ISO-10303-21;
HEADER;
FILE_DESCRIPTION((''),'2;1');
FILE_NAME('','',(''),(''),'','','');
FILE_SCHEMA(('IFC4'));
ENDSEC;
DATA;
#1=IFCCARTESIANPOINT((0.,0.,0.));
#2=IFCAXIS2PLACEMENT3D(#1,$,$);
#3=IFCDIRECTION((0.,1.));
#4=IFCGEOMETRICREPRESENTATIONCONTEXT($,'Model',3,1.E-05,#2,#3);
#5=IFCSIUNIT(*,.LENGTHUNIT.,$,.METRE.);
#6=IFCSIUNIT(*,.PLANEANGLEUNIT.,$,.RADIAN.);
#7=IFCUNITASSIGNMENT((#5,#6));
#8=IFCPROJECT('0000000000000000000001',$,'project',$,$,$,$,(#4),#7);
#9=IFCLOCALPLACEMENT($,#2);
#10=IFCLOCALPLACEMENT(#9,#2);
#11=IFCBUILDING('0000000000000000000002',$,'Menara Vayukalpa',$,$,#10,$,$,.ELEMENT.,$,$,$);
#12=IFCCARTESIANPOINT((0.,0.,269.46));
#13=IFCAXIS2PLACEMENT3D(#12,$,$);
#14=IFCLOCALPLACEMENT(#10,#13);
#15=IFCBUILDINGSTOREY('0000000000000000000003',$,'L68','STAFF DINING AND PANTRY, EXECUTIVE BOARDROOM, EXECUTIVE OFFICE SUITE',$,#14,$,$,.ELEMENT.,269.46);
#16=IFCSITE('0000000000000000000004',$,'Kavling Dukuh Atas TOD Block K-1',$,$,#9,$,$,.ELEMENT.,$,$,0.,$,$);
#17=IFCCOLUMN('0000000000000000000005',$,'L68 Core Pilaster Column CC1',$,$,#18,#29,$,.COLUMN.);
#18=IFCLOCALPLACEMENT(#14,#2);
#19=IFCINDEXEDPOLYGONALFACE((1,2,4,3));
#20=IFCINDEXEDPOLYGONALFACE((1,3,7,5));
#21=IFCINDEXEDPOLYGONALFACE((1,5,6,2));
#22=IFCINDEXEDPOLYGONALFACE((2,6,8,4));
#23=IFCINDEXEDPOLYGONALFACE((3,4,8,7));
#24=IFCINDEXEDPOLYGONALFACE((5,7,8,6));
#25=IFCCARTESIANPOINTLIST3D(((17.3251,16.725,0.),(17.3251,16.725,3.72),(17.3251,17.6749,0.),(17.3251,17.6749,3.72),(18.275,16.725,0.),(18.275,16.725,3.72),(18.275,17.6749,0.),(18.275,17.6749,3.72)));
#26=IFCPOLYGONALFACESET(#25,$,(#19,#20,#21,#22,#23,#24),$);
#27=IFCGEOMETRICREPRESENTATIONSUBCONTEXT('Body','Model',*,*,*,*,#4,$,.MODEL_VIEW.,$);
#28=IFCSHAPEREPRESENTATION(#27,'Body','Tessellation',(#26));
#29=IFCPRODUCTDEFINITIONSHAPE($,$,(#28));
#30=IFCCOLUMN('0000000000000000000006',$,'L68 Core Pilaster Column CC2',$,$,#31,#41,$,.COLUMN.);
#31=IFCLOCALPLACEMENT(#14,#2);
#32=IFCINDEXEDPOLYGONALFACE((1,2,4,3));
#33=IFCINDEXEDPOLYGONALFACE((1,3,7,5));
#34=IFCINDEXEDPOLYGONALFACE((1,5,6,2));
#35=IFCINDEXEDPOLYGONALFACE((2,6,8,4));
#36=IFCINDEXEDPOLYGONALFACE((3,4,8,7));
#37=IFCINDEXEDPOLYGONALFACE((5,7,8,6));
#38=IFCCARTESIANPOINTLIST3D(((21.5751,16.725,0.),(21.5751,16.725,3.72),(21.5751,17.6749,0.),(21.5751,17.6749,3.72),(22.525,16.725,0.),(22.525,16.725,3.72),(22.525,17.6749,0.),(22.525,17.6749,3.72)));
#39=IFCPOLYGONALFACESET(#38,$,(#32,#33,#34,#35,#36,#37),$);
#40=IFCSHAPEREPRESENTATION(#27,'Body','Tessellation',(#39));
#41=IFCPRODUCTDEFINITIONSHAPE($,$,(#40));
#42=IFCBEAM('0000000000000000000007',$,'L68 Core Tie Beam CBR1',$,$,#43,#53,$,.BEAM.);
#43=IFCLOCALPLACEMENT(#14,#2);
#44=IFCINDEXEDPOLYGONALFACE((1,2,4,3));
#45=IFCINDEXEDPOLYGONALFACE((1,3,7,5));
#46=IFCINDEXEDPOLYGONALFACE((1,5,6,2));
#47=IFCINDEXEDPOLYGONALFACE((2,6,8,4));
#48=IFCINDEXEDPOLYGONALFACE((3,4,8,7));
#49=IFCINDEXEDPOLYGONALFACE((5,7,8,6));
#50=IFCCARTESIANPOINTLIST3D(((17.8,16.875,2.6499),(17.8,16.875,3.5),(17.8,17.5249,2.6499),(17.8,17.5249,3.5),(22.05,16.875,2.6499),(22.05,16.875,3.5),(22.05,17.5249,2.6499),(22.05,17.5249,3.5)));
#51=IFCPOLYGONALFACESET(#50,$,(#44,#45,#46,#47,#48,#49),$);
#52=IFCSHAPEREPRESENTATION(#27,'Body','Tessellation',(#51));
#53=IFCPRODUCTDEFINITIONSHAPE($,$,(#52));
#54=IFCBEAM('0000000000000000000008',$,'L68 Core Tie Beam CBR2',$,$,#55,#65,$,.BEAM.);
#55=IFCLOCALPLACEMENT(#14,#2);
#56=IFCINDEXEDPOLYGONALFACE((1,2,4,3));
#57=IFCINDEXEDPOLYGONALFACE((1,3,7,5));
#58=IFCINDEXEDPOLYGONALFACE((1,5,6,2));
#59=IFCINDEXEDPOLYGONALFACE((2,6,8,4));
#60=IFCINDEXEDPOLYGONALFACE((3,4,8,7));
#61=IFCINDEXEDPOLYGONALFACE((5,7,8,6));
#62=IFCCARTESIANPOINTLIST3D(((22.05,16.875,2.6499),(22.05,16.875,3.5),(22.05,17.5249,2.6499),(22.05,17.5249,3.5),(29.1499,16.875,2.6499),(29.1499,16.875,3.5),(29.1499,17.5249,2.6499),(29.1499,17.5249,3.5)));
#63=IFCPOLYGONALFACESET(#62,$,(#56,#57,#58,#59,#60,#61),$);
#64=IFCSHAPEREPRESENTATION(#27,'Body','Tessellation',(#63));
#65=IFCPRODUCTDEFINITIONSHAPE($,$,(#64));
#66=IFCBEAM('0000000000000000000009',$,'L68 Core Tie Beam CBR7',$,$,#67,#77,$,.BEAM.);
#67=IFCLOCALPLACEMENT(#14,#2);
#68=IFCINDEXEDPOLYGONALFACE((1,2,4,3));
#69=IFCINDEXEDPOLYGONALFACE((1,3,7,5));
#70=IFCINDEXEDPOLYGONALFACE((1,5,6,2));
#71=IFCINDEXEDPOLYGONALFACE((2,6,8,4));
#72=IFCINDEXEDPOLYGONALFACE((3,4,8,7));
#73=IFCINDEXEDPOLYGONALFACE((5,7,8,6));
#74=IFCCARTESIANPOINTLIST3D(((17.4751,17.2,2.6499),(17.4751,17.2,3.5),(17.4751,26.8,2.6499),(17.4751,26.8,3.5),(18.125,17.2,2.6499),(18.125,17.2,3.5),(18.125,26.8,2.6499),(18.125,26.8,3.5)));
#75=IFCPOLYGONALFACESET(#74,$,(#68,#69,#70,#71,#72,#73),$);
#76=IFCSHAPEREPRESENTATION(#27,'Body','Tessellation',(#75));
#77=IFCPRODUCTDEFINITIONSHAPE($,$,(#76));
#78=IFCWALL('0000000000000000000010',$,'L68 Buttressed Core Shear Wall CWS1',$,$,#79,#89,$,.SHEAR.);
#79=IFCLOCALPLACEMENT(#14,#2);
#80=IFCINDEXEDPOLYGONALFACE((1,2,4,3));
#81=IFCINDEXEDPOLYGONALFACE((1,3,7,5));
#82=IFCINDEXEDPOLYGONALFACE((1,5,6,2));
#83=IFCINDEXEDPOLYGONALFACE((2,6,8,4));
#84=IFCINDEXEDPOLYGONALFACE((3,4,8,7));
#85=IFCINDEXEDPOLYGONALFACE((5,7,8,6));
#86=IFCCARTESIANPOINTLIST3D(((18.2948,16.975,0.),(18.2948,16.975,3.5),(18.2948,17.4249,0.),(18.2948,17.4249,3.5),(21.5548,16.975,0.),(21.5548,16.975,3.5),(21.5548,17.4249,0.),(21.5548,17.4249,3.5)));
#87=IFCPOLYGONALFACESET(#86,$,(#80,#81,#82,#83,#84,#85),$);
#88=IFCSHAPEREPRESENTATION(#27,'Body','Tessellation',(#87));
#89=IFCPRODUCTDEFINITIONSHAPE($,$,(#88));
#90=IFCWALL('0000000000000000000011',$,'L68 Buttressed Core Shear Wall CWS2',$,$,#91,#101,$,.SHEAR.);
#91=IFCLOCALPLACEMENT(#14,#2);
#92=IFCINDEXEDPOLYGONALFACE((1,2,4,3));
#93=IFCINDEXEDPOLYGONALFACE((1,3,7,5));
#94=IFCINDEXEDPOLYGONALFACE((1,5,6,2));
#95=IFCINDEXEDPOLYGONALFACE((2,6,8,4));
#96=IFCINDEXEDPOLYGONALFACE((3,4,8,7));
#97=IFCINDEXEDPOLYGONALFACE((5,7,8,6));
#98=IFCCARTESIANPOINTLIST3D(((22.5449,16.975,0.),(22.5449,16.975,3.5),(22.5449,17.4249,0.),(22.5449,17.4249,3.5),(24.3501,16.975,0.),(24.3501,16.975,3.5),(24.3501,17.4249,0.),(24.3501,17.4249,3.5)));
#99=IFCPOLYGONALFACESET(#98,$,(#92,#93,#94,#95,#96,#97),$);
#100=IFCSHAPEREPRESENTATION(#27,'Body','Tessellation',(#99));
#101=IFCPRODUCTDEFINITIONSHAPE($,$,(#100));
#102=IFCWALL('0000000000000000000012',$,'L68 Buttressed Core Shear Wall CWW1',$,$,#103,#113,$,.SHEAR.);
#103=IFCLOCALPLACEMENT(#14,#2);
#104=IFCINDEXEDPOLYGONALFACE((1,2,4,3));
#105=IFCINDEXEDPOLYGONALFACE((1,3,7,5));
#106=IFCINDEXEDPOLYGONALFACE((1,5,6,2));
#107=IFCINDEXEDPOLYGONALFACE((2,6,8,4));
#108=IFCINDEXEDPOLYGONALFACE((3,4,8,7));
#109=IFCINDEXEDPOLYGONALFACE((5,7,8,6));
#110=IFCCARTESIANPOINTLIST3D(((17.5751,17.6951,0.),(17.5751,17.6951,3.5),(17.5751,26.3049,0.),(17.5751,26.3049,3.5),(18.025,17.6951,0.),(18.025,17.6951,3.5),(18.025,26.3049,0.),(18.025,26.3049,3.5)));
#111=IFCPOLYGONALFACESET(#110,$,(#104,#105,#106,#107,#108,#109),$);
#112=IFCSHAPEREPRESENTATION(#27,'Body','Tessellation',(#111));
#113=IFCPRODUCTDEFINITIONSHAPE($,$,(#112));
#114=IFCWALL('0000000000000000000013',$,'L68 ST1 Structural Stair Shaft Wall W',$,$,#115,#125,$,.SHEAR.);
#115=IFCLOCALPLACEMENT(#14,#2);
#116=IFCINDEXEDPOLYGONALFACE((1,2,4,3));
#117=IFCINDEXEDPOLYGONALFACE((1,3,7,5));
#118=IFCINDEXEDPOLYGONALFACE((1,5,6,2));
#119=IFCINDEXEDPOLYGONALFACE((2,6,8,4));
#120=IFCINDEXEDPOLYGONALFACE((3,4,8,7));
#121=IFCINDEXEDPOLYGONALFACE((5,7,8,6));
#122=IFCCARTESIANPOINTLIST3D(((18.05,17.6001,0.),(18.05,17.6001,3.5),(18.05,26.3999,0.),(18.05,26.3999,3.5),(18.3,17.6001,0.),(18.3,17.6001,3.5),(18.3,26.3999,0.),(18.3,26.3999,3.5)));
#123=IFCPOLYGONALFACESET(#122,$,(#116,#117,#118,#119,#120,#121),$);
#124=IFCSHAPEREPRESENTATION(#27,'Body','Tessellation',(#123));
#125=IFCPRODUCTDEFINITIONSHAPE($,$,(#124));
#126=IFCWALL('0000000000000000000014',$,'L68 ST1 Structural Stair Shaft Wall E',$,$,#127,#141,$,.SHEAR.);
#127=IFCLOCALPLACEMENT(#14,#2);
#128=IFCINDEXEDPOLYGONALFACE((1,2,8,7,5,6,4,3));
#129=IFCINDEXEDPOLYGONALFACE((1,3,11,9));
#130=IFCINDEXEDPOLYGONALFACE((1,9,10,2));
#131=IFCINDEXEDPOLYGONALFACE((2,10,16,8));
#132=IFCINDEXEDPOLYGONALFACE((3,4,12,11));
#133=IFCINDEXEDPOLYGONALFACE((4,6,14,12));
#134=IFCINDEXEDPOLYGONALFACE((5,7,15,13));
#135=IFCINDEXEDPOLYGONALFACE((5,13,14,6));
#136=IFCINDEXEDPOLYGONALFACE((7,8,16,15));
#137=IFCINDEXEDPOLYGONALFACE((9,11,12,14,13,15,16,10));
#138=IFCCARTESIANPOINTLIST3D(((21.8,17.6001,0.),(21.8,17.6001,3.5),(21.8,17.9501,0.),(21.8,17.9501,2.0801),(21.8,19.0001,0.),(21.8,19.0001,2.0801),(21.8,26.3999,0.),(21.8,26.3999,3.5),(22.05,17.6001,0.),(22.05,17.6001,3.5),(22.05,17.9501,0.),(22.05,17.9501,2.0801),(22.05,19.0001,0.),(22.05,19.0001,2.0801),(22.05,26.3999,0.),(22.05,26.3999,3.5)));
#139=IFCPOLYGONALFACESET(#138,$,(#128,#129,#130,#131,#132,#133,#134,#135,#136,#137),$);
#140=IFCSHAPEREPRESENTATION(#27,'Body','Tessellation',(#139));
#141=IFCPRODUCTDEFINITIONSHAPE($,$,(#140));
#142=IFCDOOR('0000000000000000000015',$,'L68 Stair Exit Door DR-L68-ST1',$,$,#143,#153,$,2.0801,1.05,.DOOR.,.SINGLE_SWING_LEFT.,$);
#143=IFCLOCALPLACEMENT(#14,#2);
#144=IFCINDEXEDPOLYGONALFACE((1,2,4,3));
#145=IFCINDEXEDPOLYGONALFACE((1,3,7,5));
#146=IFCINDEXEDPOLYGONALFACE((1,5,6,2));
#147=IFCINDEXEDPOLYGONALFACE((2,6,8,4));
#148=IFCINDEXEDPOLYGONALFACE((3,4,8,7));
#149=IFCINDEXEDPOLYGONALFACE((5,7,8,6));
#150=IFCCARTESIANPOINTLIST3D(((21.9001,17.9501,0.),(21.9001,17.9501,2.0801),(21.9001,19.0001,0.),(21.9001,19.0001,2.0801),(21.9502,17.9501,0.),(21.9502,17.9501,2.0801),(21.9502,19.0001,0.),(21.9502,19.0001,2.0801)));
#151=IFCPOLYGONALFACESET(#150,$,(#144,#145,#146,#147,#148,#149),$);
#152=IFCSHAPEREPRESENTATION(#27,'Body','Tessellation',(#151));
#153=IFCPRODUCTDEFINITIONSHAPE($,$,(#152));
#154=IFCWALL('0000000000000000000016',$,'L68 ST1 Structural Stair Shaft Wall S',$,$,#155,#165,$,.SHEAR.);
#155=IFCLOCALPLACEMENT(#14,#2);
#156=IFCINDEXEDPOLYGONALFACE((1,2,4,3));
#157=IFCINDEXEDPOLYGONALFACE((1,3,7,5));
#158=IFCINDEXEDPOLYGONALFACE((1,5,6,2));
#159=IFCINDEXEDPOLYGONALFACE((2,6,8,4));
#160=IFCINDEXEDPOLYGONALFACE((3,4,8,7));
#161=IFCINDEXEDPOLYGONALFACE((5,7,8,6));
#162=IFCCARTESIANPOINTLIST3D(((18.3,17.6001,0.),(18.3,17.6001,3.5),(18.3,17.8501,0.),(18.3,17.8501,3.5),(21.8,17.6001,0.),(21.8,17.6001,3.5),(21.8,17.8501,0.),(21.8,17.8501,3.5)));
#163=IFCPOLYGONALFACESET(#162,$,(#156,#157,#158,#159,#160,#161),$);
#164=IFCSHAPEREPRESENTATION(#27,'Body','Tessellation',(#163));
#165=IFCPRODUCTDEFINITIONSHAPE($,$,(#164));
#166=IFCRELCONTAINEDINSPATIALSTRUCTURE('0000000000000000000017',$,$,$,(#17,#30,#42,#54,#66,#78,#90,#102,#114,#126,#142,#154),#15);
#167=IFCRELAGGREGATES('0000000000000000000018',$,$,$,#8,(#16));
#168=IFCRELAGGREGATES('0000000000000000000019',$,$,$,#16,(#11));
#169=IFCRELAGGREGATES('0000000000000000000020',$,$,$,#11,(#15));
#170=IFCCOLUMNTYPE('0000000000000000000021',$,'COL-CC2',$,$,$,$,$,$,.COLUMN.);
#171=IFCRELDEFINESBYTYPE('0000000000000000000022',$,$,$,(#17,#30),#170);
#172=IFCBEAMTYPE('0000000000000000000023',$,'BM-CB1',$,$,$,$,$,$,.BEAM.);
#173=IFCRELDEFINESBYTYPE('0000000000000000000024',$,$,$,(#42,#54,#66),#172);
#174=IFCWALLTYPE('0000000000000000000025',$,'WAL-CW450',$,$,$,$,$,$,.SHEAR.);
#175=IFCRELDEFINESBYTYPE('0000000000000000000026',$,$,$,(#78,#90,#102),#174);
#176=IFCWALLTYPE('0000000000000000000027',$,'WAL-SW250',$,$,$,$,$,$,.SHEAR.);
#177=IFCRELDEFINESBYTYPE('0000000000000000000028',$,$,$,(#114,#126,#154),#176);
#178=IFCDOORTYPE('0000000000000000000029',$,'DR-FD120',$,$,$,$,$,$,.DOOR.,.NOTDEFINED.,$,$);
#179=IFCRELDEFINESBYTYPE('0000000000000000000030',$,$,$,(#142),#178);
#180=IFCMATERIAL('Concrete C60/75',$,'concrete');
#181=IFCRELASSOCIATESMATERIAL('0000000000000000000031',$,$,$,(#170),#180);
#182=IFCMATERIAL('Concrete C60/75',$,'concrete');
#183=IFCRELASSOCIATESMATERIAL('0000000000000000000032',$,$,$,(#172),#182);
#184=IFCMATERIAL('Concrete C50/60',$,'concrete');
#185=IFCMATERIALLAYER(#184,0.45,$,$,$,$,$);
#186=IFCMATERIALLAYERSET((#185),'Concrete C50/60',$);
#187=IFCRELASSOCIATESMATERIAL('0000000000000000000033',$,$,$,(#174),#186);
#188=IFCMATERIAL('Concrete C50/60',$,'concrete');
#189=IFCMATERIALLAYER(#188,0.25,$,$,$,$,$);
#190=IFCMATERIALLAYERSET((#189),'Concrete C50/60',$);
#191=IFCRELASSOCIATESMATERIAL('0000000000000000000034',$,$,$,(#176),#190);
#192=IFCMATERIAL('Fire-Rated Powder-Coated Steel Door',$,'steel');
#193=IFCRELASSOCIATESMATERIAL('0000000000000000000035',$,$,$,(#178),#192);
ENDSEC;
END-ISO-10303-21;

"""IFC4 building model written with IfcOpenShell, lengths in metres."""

from ifc_helpers import new_model, si_unit, direction, frame, frame_2d, origin, origin_2d, place, context, subcontext, project, spatial, rectangle, extrude, material, layer, layer_set, material_profile, profile_set, type_object, element, fill, save


model = new_model("IFC4")

# Units and contexts
model_context = context("Model", 3, precision=1e-05, world=origin(), true_north=direction((0.0, 1.0)))
body_context = subcontext(model_context, "Body", "Model", "MODEL_VIEW")
ifc_project = project(units=[si_unit("LENGTHUNIT", "METRE"), si_unit("PLANEANGLEUNIT", "RADIAN")], contexts=[model_context])

# Site, building, storey
site_placement = place(None, origin())
site = spatial("IfcSite", under=ifc_project, at=site_placement, Name="Kavling Dukuh Atas TOD Block K-1", CompositionType="ELEMENT", RefElevation=0.0)
building_placement = place(site_placement, origin())
building = spatial("IfcBuilding", under=site, at=building_placement, Name="Menara Vayukalpa", CompositionType="ELEMENT")
storey_placement = place(building_placement, frame((0.0, 0.0, 269.46)))
storey = spatial("IfcBuildingStorey", under=building, at=storey_placement, Name="L68", Description="STAFF DINING AND PANTRY, EXECUTIVE BOARDROOM, EXECUTIVE OFFICE SUITE", CompositionType="ELEMENT", Elevation=269.46)

# Columns
ifc_material_1 = material(Name="Concrete C60/75", Category="concrete")
ifc_material_profile_1 = material_profile(ifc_material_1, rectangle(XDim=0.95, YDim=0.95, at=origin_2d()), Name="RC 950x950")
ifc_profile_set_1 = profile_set([ifc_material_profile_1], Name="Concrete C60/75")
column_type = type_object("IfcColumnType", Name="COL-CC2", PredefinedType="COLUMN", material=ifc_profile_set_1)
for number, where, z_axis, x_axis, name in (
    (1, (17.8, 17.2, 0.0), (0.0, 0.0, 1.0), (1.0, 0.0, 0.0), "L68 Core Pilaster Column CC1"),
    (2, (22.05, 17.2, 0.0), (0.0, 0.0, 1.0), (1.0, 0.0, 0.0), "L68 Core Pilaster Column CC2"),
):
    element("IfcColumn", number, at=place(storey_placement, frame(where, z_axis=z_axis, x_axis=x_axis)), inside=storey, type_object=column_type, Name=name, PredefinedType="COLUMN", context=body_context, shape_type="SweptSolid", body=[
        extrude(rectangle(XDim=0.95, YDim=0.95, at=origin_2d()), origin(), (0.0, 0.0, 1.0), 3.72),
    ])

# Beams
ifc_material_2 = material(Name="Concrete C60/75", Category="concrete")
ifc_material_profile_2 = material_profile(ifc_material_2, rectangle(XDim=0.6499, YDim=0.8501, at=origin_2d()), Name="RC 650x850")
ifc_profile_set_2 = profile_set([ifc_material_profile_2], Name="Concrete C60/75")
beam_type = type_object("IfcBeamType", Name="BM-CB1", PredefinedType="BEAM", material=ifc_profile_set_2)
beam_1_placement = place(storey_placement, frame((17.8, 17.2, 3.075), z_axis=(1.0, 0.0, 0.0), x_axis=(0.0, 1.0, 0.0)))
element("IfcBeam", 3, at=beam_1_placement, inside=storey, type_object=beam_type, Name="L68 Core Tie Beam CBR1", PredefinedType="BEAM", context=body_context, shape_type="SweptSolid", body=[
    extrude(rectangle(XDim=0.6499, YDim=0.8501, at=origin_2d()), origin(), (0.0, 0.0, 1.0), 4.25),
])
beam_2_placement = place(storey_placement, frame((22.05, 17.2, 3.075), z_axis=(1.0, 0.0, 0.0), x_axis=(0.0, 1.0, 0.0)))
element("IfcBeam", 4, at=beam_2_placement, inside=storey, type_object=beam_type, Name="L68 Core Tie Beam CBR2", PredefinedType="BEAM", context=body_context, shape_type="SweptSolid", body=[
    extrude(rectangle(XDim=0.6499, YDim=0.8501, at=origin_2d()), origin(), (0.0, 0.0, 1.0), 7.0999),
])
beam_3_placement = place(storey_placement, frame((17.8, 17.2, 3.075), z_axis=(0.0, 1.0, 0.0), x_axis=(-1.0, 0.0, 0.0)))
element("IfcBeam", 5, at=beam_3_placement, inside=storey, type_object=beam_type, Name="L68 Core Tie Beam CBR7", PredefinedType="BEAM", context=body_context, shape_type="SweptSolid", body=[
    extrude(rectangle(XDim=0.6499, YDim=0.8501, at=origin_2d()), origin(), (0.0, 0.0, 1.0), 9.6001),
])

# Walls
ifc_material_3 = material(Name="Concrete C50/60", Category="concrete")
ifc_layer_1 = layer(ifc_material_3, 0.45)
ifc_layer_set_1 = layer_set([ifc_layer_1], Name="Concrete C50/60")
wall_type_1 = type_object("IfcWallType", Name="WAL-CW450", PredefinedType="SHEAR", material=ifc_layer_set_1)
wall_1_placement = place(storey_placement, frame((18.2949, 17.2, 0.0), z_axis=(0.0, 0.0, 1.0), x_axis=(1.0, 0.0, 0.0)))
element("IfcWall", 6, at=wall_1_placement, inside=storey, type_object=wall_type_1, Name="L68 Buttressed Core Shear Wall CWS1", PredefinedType="SHEAR", context=body_context, shape_type="SweptSolid", body=[
    extrude(rectangle(XDim=3.26, YDim=0.45, at=frame_2d((1.6299, 0.0))), origin(), (0.0, 0.0, 1.0), 3.5),
])
wall_2_placement = place(storey_placement, frame((22.5449, 17.2, 0.0), z_axis=(0.0, 0.0, 1.0), x_axis=(1.0, 0.0, 0.0)))
element("IfcWall", 7, at=wall_2_placement, inside=storey, type_object=wall_type_1, Name="L68 Buttressed Core Shear Wall CWS2", PredefinedType="SHEAR", context=body_context, shape_type="SweptSolid", body=[
    extrude(rectangle(XDim=1.8052, YDim=0.45, at=frame_2d((0.9026, 0.0))), origin(), (0.0, 0.0, 1.0), 3.5),
])
wall_3_placement = place(storey_placement, frame((17.8, 17.6951, 0.0), z_axis=(0.0, 0.0, 1.0), x_axis=(0.0, 1.0, 0.0)))
element("IfcWall", 8, at=wall_3_placement, inside=storey, type_object=wall_type_1, Name="L68 Buttressed Core Shear Wall CWW1", PredefinedType="SHEAR", context=body_context, shape_type="SweptSolid", body=[
    extrude(rectangle(XDim=8.6099, YDim=0.45, at=frame_2d((4.3049, 0.0))), origin(), (0.0, 0.0, 1.0), 3.5),
])
ifc_material_4 = material(Name="Concrete C50/60", Category="concrete")
ifc_layer_2 = layer(ifc_material_4, 0.25)
ifc_layer_set_2 = layer_set([ifc_layer_2], Name="Concrete C50/60")
wall_type_2 = type_object("IfcWallType", Name="WAL-SW250", PredefinedType="SHEAR", material=ifc_layer_set_2)
wall_4_placement = place(storey_placement, frame((18.175, 17.6001, 0.0), z_axis=(0.0, 0.0, 1.0), x_axis=(0.0, 1.0, 0.0)))
element("IfcWall", 9, at=wall_4_placement, inside=storey, type_object=wall_type_2, Name="L68 ST1 Structural Stair Shaft Wall W", PredefinedType="SHEAR", context=body_context, shape_type="SweptSolid", body=[
    extrude(rectangle(XDim=8.7998, YDim=0.25, at=frame_2d((4.3999, 0.0))), origin(), (0.0, 0.0, 1.0), 3.5),
])

# Wall, opening, door
wall_5_placement = place(storey_placement, frame((21.925, 17.6001, 0.0), z_axis=(0.0, 0.0, 1.0), x_axis=(0.0, 1.0, 0.0)))
wall_5 = element("IfcWall", 10, at=wall_5_placement, inside=storey, type_object=wall_type_2, Name="L68 ST1 Structural Stair Shaft Wall E", PredefinedType="SHEAR", context=body_context, shape_type="SweptSolid", body=[
    extrude(rectangle(XDim=8.7998, YDim=0.25, at=frame_2d((4.3999, 0.0))), origin(), (0.0, 0.0, 1.0), 3.5),
])
opening_placement = place(wall_5_placement, frame((0.3501, 0.0, 0.0)))
opening = element("IfcOpeningElement", 11, at=opening_placement, cuts=wall_5, PredefinedType="OPENING", context=body_context, shape_type="SweptSolid", body=[
    extrude(rectangle(XDim=1.05, YDim=2.0801, at=frame_2d((0.5249, 1.04))), frame((0.0, 0.135, 0.0), z_axis=(0.0, -1.0, 0.0), x_axis=(1.0, 0.0, 0.0)), (0.0, 0.0, 1.0), 0.27),
])
ifc_material_5 = material(Name="Fire-Rated Powder-Coated Steel Door", Category="steel")
door_type = type_object("IfcDoorType", Name="DR-FD120", OperationType="NOTDEFINED", PredefinedType="DOOR", material=ifc_material_5)
door_placement = place(opening_placement, origin())
door = element("IfcDoor", 12, at=door_placement, inside=storey, type_object=door_type, Name="L68 Stair Exit Door DR-L68-ST1", OperationType="SINGLE_SWING_LEFT", OverallHeight=2.0801, OverallWidth=1.05, PredefinedType="DOOR", context=body_context, shape_type="SweptSolid", body=[
    extrude(rectangle(XDim=1.05, YDim=2.0801, at=frame_2d((0.5249, 1.04))), frame((0.0, 0.0249, 0.0), z_axis=(0.0, -1.0, 0.0), x_axis=(1.0, 0.0, 0.0)), (0.0, 0.0, 1.0), 0.05),
])
fill(opening, door)

# Wall
wall_6_placement = place(storey_placement, frame((18.3, 17.7251, 0.0), z_axis=(0.0, 0.0, 1.0), x_axis=(1.0, 0.0, 0.0)))
element("IfcWall", 13, at=wall_6_placement, inside=storey, type_object=wall_type_2, Name="L68 ST1 Structural Stair Shaft Wall S", PredefinedType="SHEAR", context=body_context, shape_type="SweptSolid", body=[
    extrude(rectangle(XDim=3.5, YDim=0.25, at=frame_2d((1.75, 0.0))), origin(), (0.0, 0.0, 1.0), 3.5),
])

save(model, "model.ifc")
